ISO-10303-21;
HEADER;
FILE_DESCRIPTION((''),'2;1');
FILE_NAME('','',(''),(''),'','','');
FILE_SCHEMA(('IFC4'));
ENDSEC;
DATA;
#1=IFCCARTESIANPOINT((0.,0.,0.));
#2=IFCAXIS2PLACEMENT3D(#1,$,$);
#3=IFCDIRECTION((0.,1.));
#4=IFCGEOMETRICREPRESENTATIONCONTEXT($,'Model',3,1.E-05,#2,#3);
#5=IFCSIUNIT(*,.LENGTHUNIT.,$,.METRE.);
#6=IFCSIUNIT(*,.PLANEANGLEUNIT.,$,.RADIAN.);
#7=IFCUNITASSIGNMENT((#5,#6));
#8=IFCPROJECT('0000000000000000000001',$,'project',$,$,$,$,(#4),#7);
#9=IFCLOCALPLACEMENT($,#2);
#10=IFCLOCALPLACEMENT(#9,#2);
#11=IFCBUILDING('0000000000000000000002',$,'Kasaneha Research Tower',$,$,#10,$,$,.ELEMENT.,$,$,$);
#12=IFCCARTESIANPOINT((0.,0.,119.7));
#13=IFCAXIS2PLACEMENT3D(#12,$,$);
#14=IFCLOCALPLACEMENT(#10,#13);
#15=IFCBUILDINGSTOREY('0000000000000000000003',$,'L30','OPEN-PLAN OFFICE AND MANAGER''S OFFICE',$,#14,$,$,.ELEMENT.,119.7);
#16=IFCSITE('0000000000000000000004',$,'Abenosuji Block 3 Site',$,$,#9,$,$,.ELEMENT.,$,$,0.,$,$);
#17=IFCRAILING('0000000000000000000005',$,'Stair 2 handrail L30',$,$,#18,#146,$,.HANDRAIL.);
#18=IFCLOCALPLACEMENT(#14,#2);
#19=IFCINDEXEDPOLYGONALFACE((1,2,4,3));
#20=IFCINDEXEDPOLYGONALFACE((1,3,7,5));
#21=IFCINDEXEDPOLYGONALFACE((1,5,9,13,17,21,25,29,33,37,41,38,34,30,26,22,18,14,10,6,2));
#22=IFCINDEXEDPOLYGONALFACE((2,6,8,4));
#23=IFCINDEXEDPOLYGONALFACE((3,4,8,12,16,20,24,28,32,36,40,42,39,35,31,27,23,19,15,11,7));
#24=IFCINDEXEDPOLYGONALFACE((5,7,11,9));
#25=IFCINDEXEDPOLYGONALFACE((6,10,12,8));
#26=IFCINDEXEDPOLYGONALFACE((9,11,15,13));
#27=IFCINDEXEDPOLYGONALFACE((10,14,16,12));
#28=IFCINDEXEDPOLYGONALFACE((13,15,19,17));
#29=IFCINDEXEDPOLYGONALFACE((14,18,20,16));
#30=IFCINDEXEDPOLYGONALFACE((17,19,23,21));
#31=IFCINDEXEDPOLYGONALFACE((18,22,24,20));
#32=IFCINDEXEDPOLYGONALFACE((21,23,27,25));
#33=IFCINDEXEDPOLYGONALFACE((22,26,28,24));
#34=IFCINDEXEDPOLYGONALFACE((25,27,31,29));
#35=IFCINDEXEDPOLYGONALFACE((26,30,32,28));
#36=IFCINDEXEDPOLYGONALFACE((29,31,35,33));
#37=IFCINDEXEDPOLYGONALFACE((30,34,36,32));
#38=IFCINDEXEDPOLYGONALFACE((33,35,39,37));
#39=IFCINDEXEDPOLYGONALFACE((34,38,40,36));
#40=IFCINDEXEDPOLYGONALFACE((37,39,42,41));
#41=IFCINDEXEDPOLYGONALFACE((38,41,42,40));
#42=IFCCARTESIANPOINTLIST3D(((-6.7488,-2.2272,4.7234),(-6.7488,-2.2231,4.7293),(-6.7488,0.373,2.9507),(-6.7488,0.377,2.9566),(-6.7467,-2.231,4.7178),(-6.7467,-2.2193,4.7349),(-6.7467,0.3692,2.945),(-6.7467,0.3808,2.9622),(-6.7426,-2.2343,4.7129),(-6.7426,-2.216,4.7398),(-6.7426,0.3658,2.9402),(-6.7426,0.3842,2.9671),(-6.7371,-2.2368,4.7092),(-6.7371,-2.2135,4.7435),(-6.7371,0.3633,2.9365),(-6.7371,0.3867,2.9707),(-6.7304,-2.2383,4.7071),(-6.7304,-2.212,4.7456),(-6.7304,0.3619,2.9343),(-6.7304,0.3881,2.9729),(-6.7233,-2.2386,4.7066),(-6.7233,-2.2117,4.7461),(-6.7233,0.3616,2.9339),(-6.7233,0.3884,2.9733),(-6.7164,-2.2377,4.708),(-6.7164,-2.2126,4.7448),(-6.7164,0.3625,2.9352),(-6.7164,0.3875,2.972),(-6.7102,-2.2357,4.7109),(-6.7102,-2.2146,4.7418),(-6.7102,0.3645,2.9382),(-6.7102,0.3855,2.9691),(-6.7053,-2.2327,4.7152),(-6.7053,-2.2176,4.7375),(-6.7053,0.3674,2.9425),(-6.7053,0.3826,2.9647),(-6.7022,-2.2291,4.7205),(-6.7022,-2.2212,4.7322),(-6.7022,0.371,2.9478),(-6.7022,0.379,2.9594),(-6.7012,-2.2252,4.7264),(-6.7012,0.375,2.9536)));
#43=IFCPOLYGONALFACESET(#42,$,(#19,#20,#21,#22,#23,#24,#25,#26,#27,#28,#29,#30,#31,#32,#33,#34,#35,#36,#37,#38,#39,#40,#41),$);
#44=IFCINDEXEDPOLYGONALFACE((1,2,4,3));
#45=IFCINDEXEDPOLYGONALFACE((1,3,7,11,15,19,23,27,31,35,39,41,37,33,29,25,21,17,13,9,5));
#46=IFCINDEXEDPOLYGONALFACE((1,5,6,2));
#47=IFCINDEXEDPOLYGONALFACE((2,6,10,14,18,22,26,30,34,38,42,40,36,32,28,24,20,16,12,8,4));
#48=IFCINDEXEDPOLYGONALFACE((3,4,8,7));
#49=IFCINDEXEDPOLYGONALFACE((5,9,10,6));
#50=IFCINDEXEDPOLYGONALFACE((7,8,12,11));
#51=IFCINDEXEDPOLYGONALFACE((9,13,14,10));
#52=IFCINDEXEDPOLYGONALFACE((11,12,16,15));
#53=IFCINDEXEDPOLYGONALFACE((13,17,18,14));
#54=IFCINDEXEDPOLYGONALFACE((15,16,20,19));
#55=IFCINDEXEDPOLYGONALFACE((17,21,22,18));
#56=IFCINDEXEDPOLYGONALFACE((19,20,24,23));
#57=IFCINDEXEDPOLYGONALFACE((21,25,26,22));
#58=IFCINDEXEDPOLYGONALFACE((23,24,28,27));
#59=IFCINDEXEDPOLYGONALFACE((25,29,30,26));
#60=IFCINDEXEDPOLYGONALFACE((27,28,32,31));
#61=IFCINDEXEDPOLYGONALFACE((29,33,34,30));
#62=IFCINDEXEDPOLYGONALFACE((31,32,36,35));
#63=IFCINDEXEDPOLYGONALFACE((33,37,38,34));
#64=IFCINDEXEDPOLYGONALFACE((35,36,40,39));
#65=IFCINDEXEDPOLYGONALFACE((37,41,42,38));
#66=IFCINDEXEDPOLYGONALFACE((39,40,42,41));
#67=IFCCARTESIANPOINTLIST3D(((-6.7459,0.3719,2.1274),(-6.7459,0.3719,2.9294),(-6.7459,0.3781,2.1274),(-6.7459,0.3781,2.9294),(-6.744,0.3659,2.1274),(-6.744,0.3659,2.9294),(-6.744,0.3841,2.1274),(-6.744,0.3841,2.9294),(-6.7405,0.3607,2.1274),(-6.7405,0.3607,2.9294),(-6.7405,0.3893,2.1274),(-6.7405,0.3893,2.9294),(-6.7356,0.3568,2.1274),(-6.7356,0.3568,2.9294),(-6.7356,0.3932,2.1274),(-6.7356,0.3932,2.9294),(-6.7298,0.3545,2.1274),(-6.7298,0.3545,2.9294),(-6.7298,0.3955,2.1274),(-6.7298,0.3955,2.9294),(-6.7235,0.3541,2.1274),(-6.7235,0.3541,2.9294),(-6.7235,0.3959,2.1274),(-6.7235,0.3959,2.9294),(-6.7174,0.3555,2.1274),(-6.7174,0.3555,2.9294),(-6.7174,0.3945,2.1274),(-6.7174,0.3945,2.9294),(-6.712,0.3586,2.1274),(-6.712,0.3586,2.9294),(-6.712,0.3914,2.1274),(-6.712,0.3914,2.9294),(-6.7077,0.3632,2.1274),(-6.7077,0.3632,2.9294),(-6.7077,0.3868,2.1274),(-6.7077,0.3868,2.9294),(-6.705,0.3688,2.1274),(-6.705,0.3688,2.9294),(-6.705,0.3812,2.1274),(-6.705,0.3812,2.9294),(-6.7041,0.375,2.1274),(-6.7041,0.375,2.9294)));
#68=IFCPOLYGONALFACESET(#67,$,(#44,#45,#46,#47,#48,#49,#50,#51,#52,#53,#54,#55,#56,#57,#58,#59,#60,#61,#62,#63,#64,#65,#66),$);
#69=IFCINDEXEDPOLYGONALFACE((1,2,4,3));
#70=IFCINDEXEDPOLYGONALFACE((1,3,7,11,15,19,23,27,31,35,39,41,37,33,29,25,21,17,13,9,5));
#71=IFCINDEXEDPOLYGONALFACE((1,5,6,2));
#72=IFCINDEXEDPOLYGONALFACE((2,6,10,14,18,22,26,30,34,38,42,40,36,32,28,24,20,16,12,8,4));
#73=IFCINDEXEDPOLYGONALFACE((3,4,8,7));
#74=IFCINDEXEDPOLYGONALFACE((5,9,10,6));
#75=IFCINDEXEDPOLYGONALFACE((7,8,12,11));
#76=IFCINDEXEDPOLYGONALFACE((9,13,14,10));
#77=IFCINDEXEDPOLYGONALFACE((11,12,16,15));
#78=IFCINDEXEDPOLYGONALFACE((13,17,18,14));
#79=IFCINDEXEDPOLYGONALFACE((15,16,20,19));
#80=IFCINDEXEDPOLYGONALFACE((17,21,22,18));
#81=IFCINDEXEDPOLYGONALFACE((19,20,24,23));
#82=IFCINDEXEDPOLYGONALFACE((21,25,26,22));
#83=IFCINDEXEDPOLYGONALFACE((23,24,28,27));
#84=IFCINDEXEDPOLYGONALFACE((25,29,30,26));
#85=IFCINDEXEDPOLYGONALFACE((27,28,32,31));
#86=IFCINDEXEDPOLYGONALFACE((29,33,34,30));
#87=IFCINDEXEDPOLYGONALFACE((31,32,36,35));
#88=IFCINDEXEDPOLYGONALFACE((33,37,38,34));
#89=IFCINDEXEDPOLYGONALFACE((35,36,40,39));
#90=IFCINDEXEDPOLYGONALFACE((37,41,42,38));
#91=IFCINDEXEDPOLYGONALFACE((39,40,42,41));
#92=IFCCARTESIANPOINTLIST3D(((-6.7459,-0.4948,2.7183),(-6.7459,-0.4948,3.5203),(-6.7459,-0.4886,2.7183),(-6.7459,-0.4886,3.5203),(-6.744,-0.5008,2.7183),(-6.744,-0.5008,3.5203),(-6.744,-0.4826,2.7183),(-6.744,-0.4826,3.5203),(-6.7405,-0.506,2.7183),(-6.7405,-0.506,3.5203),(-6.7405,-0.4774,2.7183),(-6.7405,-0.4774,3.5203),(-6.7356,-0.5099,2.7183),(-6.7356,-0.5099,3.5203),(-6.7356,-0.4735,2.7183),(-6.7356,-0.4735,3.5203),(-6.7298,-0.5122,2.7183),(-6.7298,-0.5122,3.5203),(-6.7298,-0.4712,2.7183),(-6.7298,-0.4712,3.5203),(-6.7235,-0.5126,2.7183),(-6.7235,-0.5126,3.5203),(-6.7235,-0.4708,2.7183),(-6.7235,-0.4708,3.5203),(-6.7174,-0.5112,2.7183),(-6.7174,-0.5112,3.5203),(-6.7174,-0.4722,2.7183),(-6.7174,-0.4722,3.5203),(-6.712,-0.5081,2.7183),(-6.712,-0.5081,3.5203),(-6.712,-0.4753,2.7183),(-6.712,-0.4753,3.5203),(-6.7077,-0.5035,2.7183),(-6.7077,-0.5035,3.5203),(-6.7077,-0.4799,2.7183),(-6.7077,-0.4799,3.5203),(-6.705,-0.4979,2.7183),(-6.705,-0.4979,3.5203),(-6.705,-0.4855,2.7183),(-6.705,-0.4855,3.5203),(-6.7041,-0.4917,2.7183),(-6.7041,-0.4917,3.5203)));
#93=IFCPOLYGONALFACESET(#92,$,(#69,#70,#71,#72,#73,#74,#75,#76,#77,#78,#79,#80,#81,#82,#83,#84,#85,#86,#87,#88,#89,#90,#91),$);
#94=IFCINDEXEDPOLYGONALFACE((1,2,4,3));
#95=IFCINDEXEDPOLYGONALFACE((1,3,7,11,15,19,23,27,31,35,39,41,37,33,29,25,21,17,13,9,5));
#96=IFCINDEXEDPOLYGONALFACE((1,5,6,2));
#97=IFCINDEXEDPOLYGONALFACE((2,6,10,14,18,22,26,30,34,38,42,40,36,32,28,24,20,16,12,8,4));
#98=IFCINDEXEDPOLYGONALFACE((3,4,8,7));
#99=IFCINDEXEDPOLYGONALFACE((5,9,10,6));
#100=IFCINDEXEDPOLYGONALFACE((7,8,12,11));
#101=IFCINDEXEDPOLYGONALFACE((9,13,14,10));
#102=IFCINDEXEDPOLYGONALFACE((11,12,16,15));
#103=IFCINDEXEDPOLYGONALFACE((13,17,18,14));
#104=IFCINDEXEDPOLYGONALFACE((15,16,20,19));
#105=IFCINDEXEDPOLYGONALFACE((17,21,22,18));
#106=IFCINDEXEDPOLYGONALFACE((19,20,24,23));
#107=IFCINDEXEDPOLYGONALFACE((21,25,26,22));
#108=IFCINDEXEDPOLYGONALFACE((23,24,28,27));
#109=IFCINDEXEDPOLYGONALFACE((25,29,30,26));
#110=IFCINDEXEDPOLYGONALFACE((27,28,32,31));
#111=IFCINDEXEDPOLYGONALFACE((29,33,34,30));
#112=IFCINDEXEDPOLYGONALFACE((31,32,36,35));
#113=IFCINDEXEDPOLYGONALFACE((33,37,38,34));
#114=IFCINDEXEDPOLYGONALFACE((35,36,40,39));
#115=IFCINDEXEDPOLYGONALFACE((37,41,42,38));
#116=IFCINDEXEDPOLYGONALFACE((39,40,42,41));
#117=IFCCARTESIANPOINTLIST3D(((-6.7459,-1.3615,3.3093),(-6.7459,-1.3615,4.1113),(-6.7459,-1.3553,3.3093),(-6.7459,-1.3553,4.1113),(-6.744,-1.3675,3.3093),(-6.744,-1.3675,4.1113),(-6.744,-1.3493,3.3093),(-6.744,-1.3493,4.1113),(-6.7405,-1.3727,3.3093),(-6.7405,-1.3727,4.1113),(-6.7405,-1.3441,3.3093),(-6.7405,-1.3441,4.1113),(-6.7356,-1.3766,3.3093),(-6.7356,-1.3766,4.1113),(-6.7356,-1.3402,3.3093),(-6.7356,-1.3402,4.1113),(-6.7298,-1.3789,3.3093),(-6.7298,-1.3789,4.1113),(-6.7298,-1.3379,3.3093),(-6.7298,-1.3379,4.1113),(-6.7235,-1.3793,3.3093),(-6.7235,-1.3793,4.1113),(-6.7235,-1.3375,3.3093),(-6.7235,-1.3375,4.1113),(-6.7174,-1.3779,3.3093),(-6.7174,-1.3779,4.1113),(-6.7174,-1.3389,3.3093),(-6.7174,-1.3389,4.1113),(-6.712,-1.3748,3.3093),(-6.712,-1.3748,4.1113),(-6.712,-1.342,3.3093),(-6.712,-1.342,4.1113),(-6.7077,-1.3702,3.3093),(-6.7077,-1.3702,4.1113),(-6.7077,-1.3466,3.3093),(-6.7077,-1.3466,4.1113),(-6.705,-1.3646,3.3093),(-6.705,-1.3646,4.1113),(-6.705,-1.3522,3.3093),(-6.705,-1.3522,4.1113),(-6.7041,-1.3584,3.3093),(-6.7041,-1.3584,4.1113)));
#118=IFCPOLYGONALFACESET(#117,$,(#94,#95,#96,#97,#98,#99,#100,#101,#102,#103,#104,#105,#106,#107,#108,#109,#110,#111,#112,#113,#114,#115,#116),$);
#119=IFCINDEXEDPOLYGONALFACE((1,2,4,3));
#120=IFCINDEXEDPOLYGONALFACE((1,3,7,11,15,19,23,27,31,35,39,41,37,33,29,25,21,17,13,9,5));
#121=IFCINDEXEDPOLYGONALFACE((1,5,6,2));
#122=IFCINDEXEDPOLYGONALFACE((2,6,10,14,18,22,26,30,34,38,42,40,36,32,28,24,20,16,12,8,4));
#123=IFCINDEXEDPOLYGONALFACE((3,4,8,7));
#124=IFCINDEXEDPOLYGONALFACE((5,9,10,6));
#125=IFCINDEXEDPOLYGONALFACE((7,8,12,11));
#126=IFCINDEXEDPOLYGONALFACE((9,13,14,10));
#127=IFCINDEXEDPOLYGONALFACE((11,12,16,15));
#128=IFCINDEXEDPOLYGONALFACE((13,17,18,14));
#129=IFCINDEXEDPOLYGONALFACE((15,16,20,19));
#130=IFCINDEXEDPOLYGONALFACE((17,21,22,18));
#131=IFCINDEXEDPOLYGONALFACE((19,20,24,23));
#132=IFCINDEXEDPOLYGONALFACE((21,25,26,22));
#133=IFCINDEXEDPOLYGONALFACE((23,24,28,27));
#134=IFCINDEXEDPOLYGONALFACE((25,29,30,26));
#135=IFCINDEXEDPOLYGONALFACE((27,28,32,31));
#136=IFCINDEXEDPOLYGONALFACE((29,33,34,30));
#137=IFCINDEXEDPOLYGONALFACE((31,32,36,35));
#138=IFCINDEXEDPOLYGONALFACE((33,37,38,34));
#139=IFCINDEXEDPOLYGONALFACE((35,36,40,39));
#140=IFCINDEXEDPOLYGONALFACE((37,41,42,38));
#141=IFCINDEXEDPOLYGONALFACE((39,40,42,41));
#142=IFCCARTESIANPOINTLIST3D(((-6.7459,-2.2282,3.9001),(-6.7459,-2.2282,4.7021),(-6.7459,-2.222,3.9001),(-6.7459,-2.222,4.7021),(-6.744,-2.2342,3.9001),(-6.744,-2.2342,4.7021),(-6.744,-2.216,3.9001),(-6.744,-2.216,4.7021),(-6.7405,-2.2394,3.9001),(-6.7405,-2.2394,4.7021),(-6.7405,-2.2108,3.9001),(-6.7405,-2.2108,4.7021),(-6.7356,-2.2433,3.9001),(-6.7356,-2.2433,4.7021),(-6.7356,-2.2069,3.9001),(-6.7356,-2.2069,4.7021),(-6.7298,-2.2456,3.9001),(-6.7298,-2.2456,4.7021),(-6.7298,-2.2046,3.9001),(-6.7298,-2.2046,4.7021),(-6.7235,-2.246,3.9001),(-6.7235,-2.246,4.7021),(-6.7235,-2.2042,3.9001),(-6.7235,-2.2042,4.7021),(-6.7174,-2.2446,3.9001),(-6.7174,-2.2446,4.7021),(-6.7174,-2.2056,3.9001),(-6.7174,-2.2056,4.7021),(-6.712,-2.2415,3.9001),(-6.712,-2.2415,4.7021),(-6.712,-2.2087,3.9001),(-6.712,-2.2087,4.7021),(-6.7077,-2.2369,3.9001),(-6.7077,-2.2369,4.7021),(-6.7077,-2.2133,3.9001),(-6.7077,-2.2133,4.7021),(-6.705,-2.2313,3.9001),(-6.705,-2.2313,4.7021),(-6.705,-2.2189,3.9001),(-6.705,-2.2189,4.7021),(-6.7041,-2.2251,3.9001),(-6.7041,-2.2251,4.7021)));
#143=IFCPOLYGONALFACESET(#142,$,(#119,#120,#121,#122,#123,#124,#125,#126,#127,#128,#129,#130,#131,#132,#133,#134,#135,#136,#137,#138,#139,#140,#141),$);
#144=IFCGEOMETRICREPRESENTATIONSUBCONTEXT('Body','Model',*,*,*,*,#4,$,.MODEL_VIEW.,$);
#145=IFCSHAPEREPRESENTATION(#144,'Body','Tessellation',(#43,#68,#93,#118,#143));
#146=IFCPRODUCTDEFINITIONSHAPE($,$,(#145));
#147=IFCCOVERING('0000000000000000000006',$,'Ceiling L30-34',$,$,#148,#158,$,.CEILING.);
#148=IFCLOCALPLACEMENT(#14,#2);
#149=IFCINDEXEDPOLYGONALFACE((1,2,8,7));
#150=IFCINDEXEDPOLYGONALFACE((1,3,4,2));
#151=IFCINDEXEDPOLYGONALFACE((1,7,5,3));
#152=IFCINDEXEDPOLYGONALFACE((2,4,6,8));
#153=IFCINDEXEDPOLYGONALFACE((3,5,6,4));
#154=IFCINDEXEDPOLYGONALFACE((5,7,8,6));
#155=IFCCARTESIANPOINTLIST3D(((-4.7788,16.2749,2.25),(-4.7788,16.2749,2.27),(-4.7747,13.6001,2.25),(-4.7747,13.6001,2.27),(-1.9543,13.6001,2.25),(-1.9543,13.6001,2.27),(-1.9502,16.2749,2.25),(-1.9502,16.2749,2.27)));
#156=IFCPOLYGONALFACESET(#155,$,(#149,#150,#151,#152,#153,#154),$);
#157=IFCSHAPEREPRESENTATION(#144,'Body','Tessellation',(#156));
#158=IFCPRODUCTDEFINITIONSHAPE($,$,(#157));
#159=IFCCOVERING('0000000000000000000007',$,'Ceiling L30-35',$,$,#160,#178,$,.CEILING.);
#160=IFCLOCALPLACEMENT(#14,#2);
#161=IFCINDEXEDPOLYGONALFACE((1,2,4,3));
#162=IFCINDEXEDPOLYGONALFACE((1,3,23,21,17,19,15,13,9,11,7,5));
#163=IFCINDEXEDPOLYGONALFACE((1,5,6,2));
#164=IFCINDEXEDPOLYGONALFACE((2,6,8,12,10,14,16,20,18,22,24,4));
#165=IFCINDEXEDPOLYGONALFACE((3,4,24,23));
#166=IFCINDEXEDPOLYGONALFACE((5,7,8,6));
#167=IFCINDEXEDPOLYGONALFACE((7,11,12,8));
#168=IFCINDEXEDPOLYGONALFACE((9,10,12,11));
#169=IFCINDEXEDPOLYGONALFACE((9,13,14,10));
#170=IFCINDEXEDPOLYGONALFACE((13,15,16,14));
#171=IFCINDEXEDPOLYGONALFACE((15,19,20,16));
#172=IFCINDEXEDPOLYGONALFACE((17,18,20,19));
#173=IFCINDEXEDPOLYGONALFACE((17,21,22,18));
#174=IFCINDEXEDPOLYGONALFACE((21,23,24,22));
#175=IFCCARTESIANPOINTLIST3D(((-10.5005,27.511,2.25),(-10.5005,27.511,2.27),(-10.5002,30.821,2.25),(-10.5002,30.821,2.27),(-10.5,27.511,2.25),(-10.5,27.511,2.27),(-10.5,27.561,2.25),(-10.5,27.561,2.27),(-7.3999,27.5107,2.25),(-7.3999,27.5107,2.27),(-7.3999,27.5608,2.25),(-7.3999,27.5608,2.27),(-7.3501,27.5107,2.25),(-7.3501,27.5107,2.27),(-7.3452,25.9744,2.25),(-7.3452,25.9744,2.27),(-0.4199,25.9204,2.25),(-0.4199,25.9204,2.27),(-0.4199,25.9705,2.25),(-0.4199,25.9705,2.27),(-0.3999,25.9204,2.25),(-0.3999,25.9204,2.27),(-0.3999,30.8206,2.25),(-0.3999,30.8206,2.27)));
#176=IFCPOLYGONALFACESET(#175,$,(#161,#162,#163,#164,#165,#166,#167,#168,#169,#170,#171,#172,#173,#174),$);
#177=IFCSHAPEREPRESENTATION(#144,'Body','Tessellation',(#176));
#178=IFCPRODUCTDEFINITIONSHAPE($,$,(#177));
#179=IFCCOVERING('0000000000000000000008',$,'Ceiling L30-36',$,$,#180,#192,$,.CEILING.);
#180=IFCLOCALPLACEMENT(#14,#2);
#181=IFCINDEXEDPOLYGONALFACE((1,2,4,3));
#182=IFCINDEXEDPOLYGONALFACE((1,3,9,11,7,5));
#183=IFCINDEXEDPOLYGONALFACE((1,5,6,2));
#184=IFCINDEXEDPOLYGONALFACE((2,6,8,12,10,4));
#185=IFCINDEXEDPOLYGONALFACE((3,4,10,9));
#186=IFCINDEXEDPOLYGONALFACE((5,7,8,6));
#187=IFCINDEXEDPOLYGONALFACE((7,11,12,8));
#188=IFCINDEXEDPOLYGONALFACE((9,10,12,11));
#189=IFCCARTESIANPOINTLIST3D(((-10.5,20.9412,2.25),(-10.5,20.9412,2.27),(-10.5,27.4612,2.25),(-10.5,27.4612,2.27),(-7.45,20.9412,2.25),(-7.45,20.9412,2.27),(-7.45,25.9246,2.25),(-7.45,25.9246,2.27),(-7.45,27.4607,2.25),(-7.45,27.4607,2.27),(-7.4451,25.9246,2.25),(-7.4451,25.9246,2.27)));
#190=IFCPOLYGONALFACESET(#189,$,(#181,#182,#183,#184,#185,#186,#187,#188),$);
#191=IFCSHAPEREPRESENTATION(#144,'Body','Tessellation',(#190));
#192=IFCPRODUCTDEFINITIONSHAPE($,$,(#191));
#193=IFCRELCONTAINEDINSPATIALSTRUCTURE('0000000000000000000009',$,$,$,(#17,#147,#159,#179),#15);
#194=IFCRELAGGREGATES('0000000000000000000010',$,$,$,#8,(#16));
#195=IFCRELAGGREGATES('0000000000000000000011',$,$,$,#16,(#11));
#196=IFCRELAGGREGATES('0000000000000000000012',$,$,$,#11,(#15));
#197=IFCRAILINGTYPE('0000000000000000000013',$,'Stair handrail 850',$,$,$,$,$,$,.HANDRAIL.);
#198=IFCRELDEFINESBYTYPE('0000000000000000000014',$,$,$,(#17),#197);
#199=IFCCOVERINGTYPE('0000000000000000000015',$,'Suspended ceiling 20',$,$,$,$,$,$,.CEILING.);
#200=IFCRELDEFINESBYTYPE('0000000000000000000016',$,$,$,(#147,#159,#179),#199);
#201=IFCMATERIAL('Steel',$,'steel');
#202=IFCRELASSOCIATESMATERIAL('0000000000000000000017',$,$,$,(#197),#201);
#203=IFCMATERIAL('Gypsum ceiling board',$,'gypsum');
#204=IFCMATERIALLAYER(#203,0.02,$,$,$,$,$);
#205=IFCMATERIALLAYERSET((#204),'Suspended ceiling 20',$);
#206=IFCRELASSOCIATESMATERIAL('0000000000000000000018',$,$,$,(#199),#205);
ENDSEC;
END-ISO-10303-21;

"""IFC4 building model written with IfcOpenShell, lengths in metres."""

from ifc_helpers import new_model, si_unit, direction, frame, origin, origin_2d, place, context, subcontext, project, spatial, polyline, circle, outline, extrude, material, layer, layer_set, type_object, element, save


model = new_model("IFC4")

# Units and contexts
model_context = context("Model", 3, precision=1e-05, world=origin(), true_north=direction((0.0, 1.0)))
body_context = subcontext(model_context, "Body", "Model", "MODEL_VIEW")
ifc_project = project(units=[si_unit("LENGTHUNIT", "METRE"), si_unit("PLANEANGLEUNIT", "RADIAN")], contexts=[model_context])

# Site, building, storey
site_placement = place(None, origin())
site = spatial("IfcSite", under=ifc_project, at=site_placement, Name="Abenosuji Block 3 Site", CompositionType="ELEMENT", RefElevation=0.0)
building_placement = place(site_placement, origin())
building = spatial("IfcBuilding", under=site, at=building_placement, Name="Kasaneha Research Tower", CompositionType="ELEMENT")
storey_placement = place(building_placement, frame((0.0, 0.0, 119.7)))
storey = spatial("IfcBuildingStorey", under=building, at=storey_placement, Name="L30", Description="OPEN-PLAN OFFICE AND MANAGER'S OFFICE", CompositionType="ELEMENT", Elevation=119.7)

# Railing
ifc_material_1 = material(Name="Steel", Category="steel")
railing_type_1 = type_object("IfcRailingType", Name="Stair handrail 850", PredefinedType="HANDRAIL", material=ifc_material_1)
railing_1_placement = place(storey_placement, frame((-6.7251, 0.375, 2.1274)))
element("IfcRailing", 1, at=railing_1_placement, inside=storey, type_object=railing_type_1, Name="Stair 2 handrail L30", PredefinedType="HANDRAIL", context=body_context, shape_type="SweptSolid", body=[
    extrude(circle(Radius=0.0239, at=origin_2d()), frame((0.0, 0.0, 0.8262), z_axis=(0.0, -0.82624, 0.563318), x_axis=(1.0, 0.0, 0.0)), (0.0, 0.0, 1.0), 3.147),
    extrude(circle(Radius=0.021, at=origin_2d()), origin(), (0.0, 0.0, 1.0), 0.802),
    extrude(circle(Radius=0.021, at=origin_2d()), frame((0.0, -0.8667, 0.5908)), (0.0, 0.0, 1.0), 0.802),
    extrude(circle(Radius=0.021, at=origin_2d()), frame((0.0, -1.7334, 1.1819)), (0.0, 0.0, 1.0), 0.802),
    extrude(circle(Radius=0.021, at=origin_2d()), frame((0.0, -2.6001, 1.7727)), (0.0, 0.0, 1.0), 0.802),
])

# Coverings
ifc_material_2 = material(Name="Gypsum ceiling board", Category="gypsum")
ifc_layer_1 = layer(ifc_material_2, 0.02)
ifc_layer_set_1 = layer_set([ifc_layer_1], Name="Suspended ceiling 20")
covering_type = type_object("IfcCoveringType", Name="Suspended ceiling 20", PredefinedType="CEILING", material=ifc_layer_set_1)
covering_1_placement = place(storey_placement, frame((0.0, 0.0, 2.25)))
element("IfcCovering", 2, at=covering_1_placement, inside=storey, type_object=covering_type, Name="Ceiling L30-34", PredefinedType="CEILING", context=body_context, shape_type="SweptSolid", body=[
    extrude(outline(polyline([(-4.7788, 16.2749), (-1.9502, 16.2749), (-1.9543, 13.6001), (-4.7747, 13.6001), (-4.7788, 16.2749)])), origin(), (0.0, 0.0, 1.0), 0.02),
])
covering_2_placement = place(storey_placement, frame((0.0, 0.0, 2.25)))
element("IfcCovering", 3, at=covering_2_placement, inside=storey, type_object=covering_type, Name="Ceiling L30-35", PredefinedType="CEILING", context=body_context, shape_type="SweptSolid", body=[
    extrude(outline(polyline([(-0.4199, 25.9204), (-0.4199, 25.9705), (-7.3452, 25.9744), (-7.3501, 27.5107), (-7.3999, 27.5107), (-7.3999, 27.5608), (-10.5, 27.561), (-10.5, 27.511), (-10.5005, 27.511), (-10.5002, 30.821), (-0.3999, 30.8206), (-0.3999, 25.9204), (-0.4199, 25.9204)])), origin(), (0.0, 0.0, 1.0), 0.02),
])
covering_3_placement = place(storey_placement, frame((0.0, 0.0, 2.25)))
element("IfcCovering", 4, at=covering_3_placement, inside=storey, type_object=covering_type, Name="Ceiling L30-36", PredefinedType="CEILING", context=body_context, shape_type="SweptSolid", body=[
    extrude(outline(polyline([(-10.5, 27.4612), (-7.45, 27.4607), (-7.4451, 25.9246), (-7.45, 25.9246), (-7.45, 20.9412), (-10.5, 20.9412), (-10.5, 27.4612)])), origin(), (0.0, 0.0, 1.0), 0.02),
])

save(model, "model.ifc")
